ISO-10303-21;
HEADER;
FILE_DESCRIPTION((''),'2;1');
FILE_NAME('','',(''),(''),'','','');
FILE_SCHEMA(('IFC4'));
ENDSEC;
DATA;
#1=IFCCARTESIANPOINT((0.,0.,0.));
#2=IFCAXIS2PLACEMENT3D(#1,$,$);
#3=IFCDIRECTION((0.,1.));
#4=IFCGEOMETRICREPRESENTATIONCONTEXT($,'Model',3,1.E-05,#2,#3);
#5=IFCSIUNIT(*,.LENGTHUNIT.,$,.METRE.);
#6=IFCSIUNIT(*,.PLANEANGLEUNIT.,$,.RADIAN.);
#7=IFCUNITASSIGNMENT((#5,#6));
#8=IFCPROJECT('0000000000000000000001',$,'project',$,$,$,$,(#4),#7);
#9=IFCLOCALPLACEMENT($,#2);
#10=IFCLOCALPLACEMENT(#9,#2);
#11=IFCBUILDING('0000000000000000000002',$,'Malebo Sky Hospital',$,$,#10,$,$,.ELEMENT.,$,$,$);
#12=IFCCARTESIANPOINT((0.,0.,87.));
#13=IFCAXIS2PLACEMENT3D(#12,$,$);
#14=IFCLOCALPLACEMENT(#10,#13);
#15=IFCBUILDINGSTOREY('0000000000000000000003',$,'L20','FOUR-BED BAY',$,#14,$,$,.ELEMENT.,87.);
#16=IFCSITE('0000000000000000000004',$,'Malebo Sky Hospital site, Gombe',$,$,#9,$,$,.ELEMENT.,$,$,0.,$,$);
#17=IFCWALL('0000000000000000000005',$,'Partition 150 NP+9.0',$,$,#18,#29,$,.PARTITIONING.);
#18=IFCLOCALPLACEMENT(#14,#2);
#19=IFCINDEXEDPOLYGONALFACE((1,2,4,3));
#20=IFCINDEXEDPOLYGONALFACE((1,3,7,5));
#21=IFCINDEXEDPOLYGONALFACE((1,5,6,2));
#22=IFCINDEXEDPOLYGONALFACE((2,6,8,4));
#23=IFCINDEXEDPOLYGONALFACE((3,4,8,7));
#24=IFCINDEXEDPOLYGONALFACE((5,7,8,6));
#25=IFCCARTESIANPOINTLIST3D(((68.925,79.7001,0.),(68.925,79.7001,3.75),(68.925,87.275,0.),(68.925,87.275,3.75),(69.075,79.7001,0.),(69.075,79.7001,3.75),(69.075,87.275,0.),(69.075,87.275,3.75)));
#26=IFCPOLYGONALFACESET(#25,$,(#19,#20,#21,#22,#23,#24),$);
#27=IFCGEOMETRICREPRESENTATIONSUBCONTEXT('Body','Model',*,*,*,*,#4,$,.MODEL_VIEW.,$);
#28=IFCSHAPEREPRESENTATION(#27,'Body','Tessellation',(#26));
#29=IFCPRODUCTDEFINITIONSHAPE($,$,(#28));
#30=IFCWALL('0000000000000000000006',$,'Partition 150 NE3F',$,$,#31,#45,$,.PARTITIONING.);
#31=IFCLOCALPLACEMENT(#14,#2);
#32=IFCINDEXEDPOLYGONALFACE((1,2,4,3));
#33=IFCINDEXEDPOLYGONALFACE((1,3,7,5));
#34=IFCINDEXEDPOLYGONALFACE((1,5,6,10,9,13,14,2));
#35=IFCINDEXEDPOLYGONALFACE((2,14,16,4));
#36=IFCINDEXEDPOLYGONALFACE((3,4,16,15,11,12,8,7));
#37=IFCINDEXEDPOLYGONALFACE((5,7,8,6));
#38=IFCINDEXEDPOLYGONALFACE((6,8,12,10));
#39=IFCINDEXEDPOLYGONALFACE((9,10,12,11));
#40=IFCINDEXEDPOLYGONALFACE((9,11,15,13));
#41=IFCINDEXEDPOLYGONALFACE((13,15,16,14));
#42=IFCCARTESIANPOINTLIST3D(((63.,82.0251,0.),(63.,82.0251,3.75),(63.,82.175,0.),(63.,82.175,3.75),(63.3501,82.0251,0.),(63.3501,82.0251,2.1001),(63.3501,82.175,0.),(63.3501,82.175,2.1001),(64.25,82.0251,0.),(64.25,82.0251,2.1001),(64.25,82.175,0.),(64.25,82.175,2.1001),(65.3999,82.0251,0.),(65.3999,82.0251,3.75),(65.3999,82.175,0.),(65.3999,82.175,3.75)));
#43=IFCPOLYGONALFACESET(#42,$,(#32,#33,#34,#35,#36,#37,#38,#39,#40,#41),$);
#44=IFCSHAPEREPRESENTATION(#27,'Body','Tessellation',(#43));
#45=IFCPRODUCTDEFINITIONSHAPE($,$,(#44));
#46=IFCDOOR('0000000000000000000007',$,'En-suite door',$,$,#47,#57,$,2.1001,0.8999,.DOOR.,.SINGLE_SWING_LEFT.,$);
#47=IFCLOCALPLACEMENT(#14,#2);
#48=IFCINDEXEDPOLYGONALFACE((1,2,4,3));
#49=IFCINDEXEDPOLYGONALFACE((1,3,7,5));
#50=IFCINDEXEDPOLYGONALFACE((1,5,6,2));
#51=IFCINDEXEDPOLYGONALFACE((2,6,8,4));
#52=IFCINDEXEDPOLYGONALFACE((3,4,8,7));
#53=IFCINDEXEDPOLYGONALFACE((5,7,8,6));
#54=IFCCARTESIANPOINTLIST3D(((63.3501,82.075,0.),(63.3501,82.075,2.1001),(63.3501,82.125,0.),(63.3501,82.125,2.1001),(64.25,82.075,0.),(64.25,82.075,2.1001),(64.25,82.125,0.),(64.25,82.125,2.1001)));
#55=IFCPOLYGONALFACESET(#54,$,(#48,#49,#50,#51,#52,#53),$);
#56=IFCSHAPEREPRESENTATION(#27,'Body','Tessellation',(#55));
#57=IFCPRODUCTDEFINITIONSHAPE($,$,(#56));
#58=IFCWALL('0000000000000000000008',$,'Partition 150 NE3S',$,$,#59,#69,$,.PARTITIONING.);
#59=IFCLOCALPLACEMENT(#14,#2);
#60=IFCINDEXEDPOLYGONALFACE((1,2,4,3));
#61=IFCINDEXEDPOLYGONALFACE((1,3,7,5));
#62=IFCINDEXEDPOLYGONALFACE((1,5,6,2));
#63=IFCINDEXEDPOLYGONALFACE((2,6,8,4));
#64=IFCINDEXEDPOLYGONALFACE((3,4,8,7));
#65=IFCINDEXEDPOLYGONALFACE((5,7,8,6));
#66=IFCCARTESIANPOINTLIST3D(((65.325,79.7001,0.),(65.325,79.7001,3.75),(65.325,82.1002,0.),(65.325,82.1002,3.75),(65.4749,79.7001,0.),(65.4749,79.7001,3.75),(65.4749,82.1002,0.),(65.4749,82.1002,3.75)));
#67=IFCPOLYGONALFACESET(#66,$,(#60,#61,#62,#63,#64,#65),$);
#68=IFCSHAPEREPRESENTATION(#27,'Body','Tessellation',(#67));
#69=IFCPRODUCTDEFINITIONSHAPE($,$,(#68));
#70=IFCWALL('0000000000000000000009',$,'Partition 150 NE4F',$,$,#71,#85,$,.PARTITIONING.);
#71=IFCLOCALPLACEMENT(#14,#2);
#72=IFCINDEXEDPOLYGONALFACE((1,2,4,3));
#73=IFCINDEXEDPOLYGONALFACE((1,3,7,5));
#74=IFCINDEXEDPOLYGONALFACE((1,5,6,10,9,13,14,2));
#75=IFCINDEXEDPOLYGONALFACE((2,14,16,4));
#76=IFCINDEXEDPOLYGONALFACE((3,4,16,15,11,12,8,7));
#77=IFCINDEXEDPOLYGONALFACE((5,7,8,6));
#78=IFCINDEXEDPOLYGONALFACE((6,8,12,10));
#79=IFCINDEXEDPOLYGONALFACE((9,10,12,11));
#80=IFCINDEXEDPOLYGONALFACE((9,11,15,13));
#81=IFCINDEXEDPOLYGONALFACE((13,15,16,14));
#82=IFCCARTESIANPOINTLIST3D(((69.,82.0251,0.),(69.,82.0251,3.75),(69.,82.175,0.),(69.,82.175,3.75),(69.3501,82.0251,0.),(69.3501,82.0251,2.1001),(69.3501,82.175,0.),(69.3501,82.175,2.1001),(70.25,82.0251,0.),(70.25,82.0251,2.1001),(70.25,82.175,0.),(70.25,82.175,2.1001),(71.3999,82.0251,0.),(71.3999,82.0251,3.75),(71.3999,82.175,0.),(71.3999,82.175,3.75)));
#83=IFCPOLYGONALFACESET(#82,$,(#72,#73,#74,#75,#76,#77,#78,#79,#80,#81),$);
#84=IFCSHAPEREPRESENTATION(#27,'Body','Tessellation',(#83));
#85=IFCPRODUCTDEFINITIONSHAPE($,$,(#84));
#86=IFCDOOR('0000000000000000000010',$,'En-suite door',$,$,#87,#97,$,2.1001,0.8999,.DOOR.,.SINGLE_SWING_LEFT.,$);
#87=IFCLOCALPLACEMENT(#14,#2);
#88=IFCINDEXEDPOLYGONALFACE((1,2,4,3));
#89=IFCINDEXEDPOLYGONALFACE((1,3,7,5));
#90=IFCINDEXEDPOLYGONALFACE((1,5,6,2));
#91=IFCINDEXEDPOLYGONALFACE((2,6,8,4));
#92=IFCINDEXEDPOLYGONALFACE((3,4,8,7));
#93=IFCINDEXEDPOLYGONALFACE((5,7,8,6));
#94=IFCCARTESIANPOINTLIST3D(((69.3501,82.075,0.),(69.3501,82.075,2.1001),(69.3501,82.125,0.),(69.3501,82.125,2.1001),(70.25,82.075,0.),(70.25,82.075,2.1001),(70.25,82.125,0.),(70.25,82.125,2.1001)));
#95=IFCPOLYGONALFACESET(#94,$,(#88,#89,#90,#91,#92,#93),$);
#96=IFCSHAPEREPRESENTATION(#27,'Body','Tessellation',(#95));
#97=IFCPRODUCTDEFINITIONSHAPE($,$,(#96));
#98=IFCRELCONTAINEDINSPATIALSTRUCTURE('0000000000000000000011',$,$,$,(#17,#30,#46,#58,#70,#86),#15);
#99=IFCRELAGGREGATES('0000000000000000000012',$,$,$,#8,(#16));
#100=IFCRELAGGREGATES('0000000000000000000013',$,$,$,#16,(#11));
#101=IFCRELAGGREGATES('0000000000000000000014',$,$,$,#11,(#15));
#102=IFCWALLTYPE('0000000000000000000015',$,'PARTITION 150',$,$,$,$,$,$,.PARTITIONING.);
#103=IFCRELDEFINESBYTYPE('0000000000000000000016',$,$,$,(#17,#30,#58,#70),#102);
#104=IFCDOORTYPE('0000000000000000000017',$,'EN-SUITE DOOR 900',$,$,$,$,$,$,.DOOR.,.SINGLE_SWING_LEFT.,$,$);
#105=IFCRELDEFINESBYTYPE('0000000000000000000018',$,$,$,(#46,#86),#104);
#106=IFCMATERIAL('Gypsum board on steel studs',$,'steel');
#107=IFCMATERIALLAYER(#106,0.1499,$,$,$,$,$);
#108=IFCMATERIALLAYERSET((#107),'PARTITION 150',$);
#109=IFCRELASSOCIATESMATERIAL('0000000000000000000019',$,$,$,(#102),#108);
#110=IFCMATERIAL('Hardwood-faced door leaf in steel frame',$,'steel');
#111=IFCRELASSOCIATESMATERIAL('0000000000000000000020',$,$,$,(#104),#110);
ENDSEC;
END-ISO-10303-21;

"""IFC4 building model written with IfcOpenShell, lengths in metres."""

from ifc_helpers import new_model, si_unit, direction, frame, frame_2d, origin, place, context, subcontext, project, spatial, rectangle, extrude, material, layer, layer_set, type_object, element, fill, save


model = new_model("IFC4")

# Units and contexts
model_context = context("Model", 3, precision=1e-05, world=origin(), true_north=direction((0.0, 1.0)))
body_context = subcontext(model_context, "Body", "Model", "MODEL_VIEW")
ifc_project = project(units=[si_unit("LENGTHUNIT", "METRE"), si_unit("PLANEANGLEUNIT", "RADIAN")], contexts=[model_context])

# Site, building, storey
site_placement = place(None, origin())
site = spatial("IfcSite", under=ifc_project, at=site_placement, Name="Malebo Sky Hospital site, Gombe", CompositionType="ELEMENT", RefElevation=0.0)
building_placement = place(site_placement, origin())
building = spatial("IfcBuilding", under=site, at=building_placement, Name="Malebo Sky Hospital", CompositionType="ELEMENT")
storey_placement = place(building_placement, frame((0.0, 0.0, 87.0)))
storey = spatial("IfcBuildingStorey", under=building, at=storey_placement, Name="L20", Description="FOUR-BED BAY", CompositionType="ELEMENT", Elevation=87.0)

# Shared definitions
ifc_material_1 = material(Name="Gypsum board on steel studs", Category="steel")
ifc_material_2 = material(Name="Hardwood-faced door leaf in steel frame", Category="steel")

# Wall
ifc_layer_1 = layer(ifc_material_1, 0.1499)
ifc_layer_set_1 = layer_set([ifc_layer_1], Name="PARTITION 150")
wall_type_1 = type_object("IfcWallType", Name="PARTITION 150", PredefinedType="PARTITIONING", material=ifc_layer_set_1)
for number, where, z_axis, x_axis, name in (
    (1, (69.0, 79.7, 0.0), (0.0, 0.0, 1.0), (0.0, 1.0, 0.0), "Partition 150 NP+9.0"),
):
    element("IfcWall", number, at=place(storey_placement, frame(where, z_axis=z_axis, x_axis=x_axis)), inside=storey, type_object=wall_type_1, Name=name, PredefinedType="PARTITIONING", context=body_context, shape_type="SweptSolid", body=[
        extrude(rectangle(XDim=7.575, YDim=0.1499, at=frame_2d((3.7876, 0.0))), origin(), (0.0, 0.0, 1.0), 3.75),
    ])

# Wall, opening, door
wall_1_placement = place(storey_placement, frame((63.0, 82.1001, 0.0), z_axis=(0.0, 0.0, 1.0), x_axis=(1.0, 0.0, 0.0)))
wall_1 = element("IfcWall", 2, at=wall_1_placement, inside=storey, type_object=wall_type_1, Name="Partition 150 NE3F", PredefinedType="PARTITIONING", context=body_context, shape_type="SweptSolid", body=[
    extrude(rectangle(XDim=2.3999, YDim=0.1499, at=frame_2d((1.2, 0.0))), origin(), (0.0, 0.0, 1.0), 3.75),
])
opening_1_placement = place(wall_1_placement, frame((0.3501, 0.0, 0.0)))
opening_1 = element("IfcOpeningElement", 3, at=opening_1_placement, cuts=wall_1, PredefinedType="OPENING", context=body_context, shape_type="SweptSolid", body=[
    extrude(rectangle(XDim=0.8999, YDim=2.1001, at=frame_2d((0.45, 1.05))), frame((0.0, 0.085, 0.0), z_axis=(0.0, -1.0, 0.0), x_axis=(1.0, 0.0, 0.0)), (0.0, 0.0, 1.0), 0.1699),
])
door_type_1 = type_object("IfcDoorType", Name="EN-SUITE DOOR 900", OperationType="SINGLE_SWING_LEFT", PredefinedType="DOOR", material=ifc_material_2)
door_1_placement = place(opening_1_placement, origin())
door_1 = element("IfcDoor", 4, at=door_1_placement, inside=storey, type_object=door_type_1, Name="En-suite door", OperationType="SINGLE_SWING_LEFT", OverallHeight=2.1001, OverallWidth=0.8999, PredefinedType="DOOR", context=body_context, shape_type="SweptSolid", body=[
    extrude(rectangle(XDim=0.8999, YDim=2.1001, at=frame_2d((0.45, 1.05))), frame((0.0, 0.0249, 0.0), z_axis=(0.0, -1.0, 0.0), x_axis=(1.0, 0.0, 0.0)), (0.0, 0.0, 1.0), 0.05),
])
fill(opening_1, door_1)

# Wall
wall_2_placement = place(storey_placement, frame((65.3999, 79.7, 0.0), z_axis=(0.0, 0.0, 1.0), x_axis=(0.0, 1.0, 0.0)))
element("IfcWall", 5, at=wall_2_placement, inside=storey, type_object=wall_type_1, Name="Partition 150 NE3S", PredefinedType="PARTITIONING", context=body_context, shape_type="SweptSolid", body=[
    extrude(rectangle(XDim=2.4001, YDim=0.1499, at=frame_2d((1.2002, 0.0))), origin(), (0.0, 0.0, 1.0), 3.75),
])

# Wall, opening, door
wall_3_placement = place(storey_placement, frame((69.0, 82.1001, 0.0), z_axis=(0.0, 0.0, 1.0), x_axis=(1.0, 0.0, 0.0)))
wall_3 = element("IfcWall", 6, at=wall_3_placement, inside=storey, type_object=wall_type_1, Name="Partition 150 NE4F", PredefinedType="PARTITIONING", context=body_context, shape_type="SweptSolid", body=[
    extrude(rectangle(XDim=2.3999, YDim=0.1499, at=frame_2d((1.2, 0.0))), origin(), (0.0, 0.0, 1.0), 3.75),
])
opening_2_placement = place(wall_3_placement, frame((0.3501, 0.0, 0.0)))
opening_2 = element("IfcOpeningElement", 7, at=opening_2_placement, cuts=wall_3, PredefinedType="OPENING", context=body_context, shape_type="SweptSolid", body=[
    extrude(rectangle(XDim=0.8999, YDim=2.1001, at=frame_2d((0.45, 1.05))), frame((0.0, 0.085, 0.0), z_axis=(0.0, -1.0, 0.0), x_axis=(1.0, 0.0, 0.0)), (0.0, 0.0, 1.0), 0.1699),
])
door_2_placement = place(opening_2_placement, origin())
door_2 = element("IfcDoor", 8, at=door_2_placement, inside=storey, type_object=door_type_1, Name="En-suite door", OperationType="SINGLE_SWING_LEFT", OverallHeight=2.1001, OverallWidth=0.8999, PredefinedType="DOOR", context=body_context, shape_type="SweptSolid", body=[
    extrude(rectangle(XDim=0.8999, YDim=2.1001, at=frame_2d((0.45, 1.05))), frame((0.0, 0.0249, 0.0), z_axis=(0.0, -1.0, 0.0), x_axis=(1.0, 0.0, 0.0)), (0.0, 0.0, 1.0), 0.05),
])
fill(opening_2, door_2)

save(model, "model.ifc")
